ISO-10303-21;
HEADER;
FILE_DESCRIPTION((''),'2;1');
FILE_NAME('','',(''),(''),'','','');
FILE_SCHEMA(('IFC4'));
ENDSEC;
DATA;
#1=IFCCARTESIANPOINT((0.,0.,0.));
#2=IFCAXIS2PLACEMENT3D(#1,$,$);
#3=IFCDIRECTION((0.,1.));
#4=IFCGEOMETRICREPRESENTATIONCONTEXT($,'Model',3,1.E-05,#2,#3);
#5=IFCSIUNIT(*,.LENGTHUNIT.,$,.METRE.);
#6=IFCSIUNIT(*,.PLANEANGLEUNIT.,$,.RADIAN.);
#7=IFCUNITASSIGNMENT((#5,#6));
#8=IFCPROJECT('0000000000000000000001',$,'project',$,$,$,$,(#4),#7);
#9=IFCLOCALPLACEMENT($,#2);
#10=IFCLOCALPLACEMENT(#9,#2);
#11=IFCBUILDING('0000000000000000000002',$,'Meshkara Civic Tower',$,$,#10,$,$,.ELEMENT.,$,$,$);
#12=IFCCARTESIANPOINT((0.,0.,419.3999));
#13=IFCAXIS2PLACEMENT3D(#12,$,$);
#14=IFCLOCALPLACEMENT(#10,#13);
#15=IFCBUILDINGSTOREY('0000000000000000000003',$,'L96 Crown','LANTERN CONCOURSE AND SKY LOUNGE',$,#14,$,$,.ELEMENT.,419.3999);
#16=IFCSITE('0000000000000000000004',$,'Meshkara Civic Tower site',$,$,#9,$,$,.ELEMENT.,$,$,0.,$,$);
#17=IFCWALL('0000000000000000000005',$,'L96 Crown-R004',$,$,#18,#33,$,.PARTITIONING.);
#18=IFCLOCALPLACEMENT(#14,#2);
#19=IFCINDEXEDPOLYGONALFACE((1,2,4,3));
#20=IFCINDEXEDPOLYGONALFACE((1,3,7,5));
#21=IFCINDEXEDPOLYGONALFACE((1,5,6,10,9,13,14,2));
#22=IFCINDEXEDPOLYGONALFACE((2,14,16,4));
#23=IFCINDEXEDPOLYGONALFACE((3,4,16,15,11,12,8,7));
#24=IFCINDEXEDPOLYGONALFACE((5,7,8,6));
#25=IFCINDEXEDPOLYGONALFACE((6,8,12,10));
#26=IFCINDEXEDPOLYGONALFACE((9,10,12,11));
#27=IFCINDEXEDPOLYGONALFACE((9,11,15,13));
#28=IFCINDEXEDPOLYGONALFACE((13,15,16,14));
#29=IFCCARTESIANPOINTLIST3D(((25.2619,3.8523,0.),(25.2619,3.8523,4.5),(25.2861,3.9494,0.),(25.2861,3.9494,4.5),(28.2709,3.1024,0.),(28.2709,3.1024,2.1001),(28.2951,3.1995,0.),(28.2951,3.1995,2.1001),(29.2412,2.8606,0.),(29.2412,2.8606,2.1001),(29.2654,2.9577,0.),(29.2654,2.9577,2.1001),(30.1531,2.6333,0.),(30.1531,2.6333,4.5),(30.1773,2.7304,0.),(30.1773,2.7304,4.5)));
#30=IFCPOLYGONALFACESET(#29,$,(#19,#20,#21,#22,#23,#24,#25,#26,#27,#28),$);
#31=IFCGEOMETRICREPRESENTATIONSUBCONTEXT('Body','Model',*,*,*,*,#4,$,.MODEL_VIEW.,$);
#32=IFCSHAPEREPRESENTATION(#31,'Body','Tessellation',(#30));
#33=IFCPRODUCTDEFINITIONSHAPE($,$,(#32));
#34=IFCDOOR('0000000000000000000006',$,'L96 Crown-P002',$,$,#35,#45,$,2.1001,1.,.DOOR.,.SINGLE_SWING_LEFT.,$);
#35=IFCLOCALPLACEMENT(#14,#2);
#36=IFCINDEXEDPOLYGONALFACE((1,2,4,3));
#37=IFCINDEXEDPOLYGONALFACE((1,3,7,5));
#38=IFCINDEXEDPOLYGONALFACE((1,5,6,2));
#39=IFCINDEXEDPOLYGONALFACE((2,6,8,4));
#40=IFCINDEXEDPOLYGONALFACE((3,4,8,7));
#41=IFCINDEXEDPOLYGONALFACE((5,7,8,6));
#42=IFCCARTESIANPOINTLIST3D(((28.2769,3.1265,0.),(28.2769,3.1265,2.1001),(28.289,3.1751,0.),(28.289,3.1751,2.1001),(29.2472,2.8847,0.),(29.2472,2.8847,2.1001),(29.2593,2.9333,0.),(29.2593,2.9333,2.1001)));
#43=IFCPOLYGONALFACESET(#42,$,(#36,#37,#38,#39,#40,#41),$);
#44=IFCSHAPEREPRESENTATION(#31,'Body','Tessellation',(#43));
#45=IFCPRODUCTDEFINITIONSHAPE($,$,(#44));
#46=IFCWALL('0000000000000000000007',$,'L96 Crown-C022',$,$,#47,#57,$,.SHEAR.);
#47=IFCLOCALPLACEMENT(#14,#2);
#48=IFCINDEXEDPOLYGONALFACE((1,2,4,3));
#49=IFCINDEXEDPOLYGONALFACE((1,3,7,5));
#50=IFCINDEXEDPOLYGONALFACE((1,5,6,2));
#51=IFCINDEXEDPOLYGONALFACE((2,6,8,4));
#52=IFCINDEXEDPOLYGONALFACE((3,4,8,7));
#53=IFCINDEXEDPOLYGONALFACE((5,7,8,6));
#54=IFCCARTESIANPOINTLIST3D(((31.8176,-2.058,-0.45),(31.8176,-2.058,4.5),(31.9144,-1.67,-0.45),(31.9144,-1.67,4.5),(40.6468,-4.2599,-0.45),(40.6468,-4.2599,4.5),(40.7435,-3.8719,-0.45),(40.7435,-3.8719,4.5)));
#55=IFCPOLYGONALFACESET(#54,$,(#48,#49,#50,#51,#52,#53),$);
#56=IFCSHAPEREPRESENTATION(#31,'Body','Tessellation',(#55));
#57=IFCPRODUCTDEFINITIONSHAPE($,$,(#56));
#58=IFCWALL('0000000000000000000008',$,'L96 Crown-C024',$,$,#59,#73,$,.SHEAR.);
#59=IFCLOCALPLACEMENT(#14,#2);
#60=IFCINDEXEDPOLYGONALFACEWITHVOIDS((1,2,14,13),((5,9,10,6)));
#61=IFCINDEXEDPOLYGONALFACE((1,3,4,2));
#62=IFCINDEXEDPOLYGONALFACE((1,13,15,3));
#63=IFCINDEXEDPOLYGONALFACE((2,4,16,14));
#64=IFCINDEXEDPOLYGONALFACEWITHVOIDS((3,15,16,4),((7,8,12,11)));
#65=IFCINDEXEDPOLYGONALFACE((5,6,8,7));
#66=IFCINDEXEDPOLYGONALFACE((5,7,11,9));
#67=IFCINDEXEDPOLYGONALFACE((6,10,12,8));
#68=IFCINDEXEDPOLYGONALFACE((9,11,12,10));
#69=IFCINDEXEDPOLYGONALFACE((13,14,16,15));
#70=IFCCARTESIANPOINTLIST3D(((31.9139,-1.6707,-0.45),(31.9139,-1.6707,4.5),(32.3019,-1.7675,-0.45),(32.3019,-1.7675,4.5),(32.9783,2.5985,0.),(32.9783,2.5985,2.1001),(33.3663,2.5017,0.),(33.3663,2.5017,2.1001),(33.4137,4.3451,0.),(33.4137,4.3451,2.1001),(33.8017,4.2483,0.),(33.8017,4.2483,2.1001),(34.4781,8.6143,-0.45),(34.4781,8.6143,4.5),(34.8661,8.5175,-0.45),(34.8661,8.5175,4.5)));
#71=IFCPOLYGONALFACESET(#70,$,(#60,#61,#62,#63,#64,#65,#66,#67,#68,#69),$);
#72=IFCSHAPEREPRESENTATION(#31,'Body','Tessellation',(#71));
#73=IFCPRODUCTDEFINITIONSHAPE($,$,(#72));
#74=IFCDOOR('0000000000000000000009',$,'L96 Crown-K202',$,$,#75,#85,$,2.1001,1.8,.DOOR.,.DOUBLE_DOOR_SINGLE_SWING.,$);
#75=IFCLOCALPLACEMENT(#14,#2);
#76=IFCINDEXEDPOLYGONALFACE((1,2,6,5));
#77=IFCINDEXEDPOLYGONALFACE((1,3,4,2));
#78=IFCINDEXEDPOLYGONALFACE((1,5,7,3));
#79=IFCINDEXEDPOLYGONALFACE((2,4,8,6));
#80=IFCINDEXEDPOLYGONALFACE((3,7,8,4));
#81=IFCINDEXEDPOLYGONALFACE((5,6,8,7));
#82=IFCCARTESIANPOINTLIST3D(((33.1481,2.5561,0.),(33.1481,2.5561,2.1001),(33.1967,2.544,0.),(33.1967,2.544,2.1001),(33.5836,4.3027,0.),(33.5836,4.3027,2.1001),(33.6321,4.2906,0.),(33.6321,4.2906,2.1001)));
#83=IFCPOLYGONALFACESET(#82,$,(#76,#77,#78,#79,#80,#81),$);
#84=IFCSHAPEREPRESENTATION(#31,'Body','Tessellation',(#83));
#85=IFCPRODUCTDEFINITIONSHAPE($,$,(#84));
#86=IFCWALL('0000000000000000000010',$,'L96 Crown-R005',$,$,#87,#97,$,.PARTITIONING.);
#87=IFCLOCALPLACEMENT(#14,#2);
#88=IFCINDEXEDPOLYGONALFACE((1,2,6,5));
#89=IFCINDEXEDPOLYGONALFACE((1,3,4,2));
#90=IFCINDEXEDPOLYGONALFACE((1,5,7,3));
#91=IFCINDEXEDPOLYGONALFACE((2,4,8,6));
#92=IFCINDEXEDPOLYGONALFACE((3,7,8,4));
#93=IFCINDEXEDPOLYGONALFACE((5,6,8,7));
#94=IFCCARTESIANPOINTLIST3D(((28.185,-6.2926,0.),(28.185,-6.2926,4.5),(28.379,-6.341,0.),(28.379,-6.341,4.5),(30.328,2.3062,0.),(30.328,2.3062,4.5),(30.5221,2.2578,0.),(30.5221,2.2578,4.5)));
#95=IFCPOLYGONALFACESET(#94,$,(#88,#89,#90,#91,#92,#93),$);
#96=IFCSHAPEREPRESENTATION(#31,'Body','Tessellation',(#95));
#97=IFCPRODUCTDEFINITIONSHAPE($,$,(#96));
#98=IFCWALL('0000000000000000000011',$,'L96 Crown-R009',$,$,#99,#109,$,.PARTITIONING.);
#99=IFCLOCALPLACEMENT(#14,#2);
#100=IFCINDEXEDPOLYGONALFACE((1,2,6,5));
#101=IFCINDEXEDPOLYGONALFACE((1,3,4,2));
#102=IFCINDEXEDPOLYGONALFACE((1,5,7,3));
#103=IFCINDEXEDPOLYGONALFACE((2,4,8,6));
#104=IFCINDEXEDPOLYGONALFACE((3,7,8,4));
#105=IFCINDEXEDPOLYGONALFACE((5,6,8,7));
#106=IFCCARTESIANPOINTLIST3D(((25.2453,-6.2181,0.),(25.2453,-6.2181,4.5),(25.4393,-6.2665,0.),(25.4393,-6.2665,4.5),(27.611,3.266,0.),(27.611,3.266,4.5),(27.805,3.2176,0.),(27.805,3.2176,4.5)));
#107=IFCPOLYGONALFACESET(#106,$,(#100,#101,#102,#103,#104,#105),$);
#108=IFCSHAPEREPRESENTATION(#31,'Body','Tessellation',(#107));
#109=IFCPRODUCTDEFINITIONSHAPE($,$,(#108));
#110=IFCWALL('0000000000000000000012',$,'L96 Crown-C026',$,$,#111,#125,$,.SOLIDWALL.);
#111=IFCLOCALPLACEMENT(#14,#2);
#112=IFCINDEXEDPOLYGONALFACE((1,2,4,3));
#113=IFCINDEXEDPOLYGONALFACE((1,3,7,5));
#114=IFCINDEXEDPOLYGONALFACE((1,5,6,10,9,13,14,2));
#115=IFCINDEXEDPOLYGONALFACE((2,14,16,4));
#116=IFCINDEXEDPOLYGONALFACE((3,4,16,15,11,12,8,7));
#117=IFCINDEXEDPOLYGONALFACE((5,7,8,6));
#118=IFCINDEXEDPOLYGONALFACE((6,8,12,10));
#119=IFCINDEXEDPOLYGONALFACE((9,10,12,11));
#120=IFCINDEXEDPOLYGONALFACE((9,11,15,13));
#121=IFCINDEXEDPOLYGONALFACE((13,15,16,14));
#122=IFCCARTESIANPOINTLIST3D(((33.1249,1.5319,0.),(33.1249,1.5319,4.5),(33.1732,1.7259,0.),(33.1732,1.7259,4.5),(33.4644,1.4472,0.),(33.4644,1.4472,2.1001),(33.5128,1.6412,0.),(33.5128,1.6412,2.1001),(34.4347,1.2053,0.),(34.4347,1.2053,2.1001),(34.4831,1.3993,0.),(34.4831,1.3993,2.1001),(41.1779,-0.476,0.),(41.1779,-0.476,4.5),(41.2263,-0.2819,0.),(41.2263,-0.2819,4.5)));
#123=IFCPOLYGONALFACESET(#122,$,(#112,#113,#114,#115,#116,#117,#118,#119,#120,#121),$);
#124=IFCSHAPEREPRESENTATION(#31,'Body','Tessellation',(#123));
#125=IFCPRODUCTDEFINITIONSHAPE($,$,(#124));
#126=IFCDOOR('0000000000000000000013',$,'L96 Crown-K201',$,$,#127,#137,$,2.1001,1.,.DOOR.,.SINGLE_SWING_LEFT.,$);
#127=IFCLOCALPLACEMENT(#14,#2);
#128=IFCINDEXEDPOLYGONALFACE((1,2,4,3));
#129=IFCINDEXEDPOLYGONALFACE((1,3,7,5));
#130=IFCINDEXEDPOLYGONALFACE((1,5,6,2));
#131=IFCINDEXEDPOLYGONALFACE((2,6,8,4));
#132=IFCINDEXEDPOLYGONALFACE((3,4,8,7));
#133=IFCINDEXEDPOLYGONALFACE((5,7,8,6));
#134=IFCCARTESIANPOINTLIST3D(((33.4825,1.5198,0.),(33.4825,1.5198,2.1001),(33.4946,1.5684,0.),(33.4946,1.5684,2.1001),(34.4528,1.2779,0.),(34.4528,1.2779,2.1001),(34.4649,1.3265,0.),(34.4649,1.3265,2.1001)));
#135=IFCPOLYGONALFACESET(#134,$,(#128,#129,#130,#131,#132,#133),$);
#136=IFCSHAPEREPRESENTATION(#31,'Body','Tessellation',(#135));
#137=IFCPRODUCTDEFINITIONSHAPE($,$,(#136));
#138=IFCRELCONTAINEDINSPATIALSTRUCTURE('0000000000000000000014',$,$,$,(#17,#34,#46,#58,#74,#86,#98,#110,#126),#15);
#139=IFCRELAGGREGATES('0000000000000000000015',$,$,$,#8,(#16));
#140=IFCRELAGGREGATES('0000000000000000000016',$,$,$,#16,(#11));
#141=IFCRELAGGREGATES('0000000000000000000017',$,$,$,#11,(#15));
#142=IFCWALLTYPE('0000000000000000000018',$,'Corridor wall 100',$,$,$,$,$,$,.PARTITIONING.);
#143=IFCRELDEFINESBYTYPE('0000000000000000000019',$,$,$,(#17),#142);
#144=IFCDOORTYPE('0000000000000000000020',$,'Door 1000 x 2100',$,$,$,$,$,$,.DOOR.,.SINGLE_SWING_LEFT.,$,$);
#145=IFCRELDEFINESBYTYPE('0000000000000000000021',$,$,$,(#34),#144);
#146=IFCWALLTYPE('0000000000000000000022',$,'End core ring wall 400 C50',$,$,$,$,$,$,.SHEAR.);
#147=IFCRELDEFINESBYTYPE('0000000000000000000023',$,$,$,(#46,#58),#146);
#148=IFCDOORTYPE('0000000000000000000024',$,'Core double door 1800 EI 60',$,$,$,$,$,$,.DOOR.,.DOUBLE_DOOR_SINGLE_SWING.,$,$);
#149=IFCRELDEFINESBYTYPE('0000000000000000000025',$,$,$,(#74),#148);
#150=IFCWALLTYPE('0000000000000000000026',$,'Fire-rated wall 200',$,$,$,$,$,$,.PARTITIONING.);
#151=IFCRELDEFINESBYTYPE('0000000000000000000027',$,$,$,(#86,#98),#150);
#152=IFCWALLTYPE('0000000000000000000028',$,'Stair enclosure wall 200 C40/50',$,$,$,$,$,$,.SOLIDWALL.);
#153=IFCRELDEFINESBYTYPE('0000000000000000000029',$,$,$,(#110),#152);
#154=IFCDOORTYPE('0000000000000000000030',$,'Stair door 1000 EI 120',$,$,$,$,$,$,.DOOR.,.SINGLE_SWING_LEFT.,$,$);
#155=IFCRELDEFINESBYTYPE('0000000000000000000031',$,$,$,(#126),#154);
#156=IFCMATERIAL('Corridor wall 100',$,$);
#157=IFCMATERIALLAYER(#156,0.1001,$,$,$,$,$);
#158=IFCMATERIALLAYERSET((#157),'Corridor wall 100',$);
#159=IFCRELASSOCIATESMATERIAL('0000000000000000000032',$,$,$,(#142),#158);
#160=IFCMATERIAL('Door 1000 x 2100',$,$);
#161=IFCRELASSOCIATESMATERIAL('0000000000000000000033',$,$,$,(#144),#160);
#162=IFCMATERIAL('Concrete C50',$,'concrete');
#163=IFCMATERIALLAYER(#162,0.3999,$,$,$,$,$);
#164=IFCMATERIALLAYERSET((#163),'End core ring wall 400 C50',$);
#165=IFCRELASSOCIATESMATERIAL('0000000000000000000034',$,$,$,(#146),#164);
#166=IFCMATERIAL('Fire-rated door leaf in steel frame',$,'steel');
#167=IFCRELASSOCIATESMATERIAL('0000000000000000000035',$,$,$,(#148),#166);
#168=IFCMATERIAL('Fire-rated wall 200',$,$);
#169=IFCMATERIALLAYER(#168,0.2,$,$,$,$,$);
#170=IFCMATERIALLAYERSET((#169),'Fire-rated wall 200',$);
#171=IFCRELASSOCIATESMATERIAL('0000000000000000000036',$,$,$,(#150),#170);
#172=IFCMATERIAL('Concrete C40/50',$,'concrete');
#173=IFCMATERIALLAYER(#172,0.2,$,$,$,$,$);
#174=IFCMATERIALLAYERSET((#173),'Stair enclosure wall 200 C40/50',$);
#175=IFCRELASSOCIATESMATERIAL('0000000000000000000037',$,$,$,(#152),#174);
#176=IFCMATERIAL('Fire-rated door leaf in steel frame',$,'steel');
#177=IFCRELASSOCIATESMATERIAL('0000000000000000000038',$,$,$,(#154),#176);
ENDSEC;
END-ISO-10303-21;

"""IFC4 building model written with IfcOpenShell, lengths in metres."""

from ifc_helpers import new_model, si_unit, direction, frame, frame_2d, origin, place, context, subcontext, project, spatial, rectangle, extrude, material, layer, layer_set, type_object, element, fill, save


model = new_model("IFC4")

# Units and contexts
model_context = context("Model", 3, precision=1e-05, world=origin(), true_north=direction((0.0, 1.0)))
body_context = subcontext(model_context, "Body", "Model", "MODEL_VIEW")
ifc_project = project(units=[si_unit("LENGTHUNIT", "METRE"), si_unit("PLANEANGLEUNIT", "RADIAN")], contexts=[model_context])

# Site, building, storey
site_placement = place(None, origin())
site = spatial("IfcSite", under=ifc_project, at=site_placement, Name="Meshkara Civic Tower site", CompositionType="ELEMENT", RefElevation=0.0)
building_placement = place(site_placement, origin())
building = spatial("IfcBuilding", under=site, at=building_placement, Name="Meshkara Civic Tower", CompositionType="ELEMENT")
storey_placement = place(building_placement, frame((0.0, 0.0, 419.3999)))
storey = spatial("IfcBuildingStorey", under=building, at=storey_placement, Name="L96 Crown", Description="LANTERN CONCOURSE AND SKY LOUNGE", CompositionType="ELEMENT", Elevation=419.3999)

# Wall, opening, door
ifc_material_1 = material(Name="Corridor wall 100")
ifc_layer_1 = layer(ifc_material_1, 0.1001)
ifc_layer_set_1 = layer_set([ifc_layer_1], Name="Corridor wall 100")
wall_type_1 = type_object("IfcWallType", Name="Corridor wall 100", PredefinedType="PARTITIONING", material=ifc_layer_set_1)
wall_1_placement = place(storey_placement, frame((25.2739, 3.9009, 0.0), z_axis=(0.0, 0.0, 1.0), x_axis=(0.970319, -0.241829, 0.0)))
wall_1 = element("IfcWall", 1, at=wall_1_placement, inside=storey, type_object=wall_type_1, Name="L96 Crown-R004", PredefinedType="PARTITIONING", context=body_context, shape_type="SweptSolid", body=[
    extrude(rectangle(XDim=5.0408, YDim=0.1001, at=frame_2d((2.5205, 0.0))), origin(), (0.0, 0.0, 1.0), 4.5),
])
opening_1_placement = place(wall_1_placement, frame((3.1011, 0.0, 0.0)))
opening_1 = element("IfcOpeningElement", 2, at=opening_1_placement, cuts=wall_1, PredefinedType="OPENING", context=body_context, shape_type="SweptSolid", body=[
    extrude(rectangle(XDim=1.0, YDim=2.1001, at=frame_2d((0.5, 1.05))), frame((0.0, 0.0601, 0.0), z_axis=(0.0, -1.0, 0.0), x_axis=(1.0, 0.0, 0.0)), (0.0, 0.0, 1.0), 0.1201),
])
ifc_material_2 = material(Name="Door 1000 x 2100")
door_type_1 = type_object("IfcDoorType", Name="Door 1000 x 2100", OperationType="SINGLE_SWING_LEFT", PredefinedType="DOOR", material=ifc_material_2)
door_1_placement = place(opening_1_placement, origin())
door_1 = element("IfcDoor", 3, at=door_1_placement, inside=storey, type_object=door_type_1, Name="L96 Crown-P002", OperationType="SINGLE_SWING_LEFT", OverallHeight=2.1001, OverallWidth=1.0, PredefinedType="DOOR", context=body_context, shape_type="SweptSolid", body=[
    extrude(rectangle(XDim=1.0, YDim=2.1001, at=frame_2d((0.5, 1.05))), frame((0.0, 0.0249, 0.0), z_axis=(0.0, -1.0, 0.0), x_axis=(1.0, 0.0, 0.0)), (0.0, 0.0, 1.0), 0.05),
])
fill(opening_1, door_1)

# Wall
ifc_material_3 = material(Name="Concrete C50", Category="concrete")
ifc_layer_2 = layer(ifc_material_3, 0.3999)
ifc_layer_set_2 = layer_set([ifc_layer_2], Name="End core ring wall 400 C50")
wall_type_2 = type_object("IfcWallType", Name="End core ring wall 400 C50", PredefinedType="SHEAR", material=ifc_layer_set_2)
wall_2_placement = place(storey_placement, frame((31.866, -1.864, -0.45), z_axis=(0.0, 0.0, 1.0), x_axis=(0.970281, -0.24198, 0.0)))
element("IfcWall", 4, at=wall_2_placement, inside=storey, type_object=wall_type_2, Name="L96 Crown-C022", PredefinedType="SHEAR", context=body_context, shape_type="SweptSolid", body=[
    extrude(rectangle(XDim=9.0996, YDim=0.3999, at=frame_2d((4.5498, 0.0))), origin(), (0.0, 0.0, 1.0), 4.95),
])

# Wall, opening, door
wall_3_placement = place(storey_placement, frame((32.1079, -1.719, -0.45), z_axis=(0.0, 0.0, 1.0), x_axis=(0.241912, 0.970298, 0.0)))
wall_3 = element("IfcWall", 5, at=wall_3_placement, inside=storey, type_object=wall_type_2, Name="L96 Crown-C024", PredefinedType="SHEAR", context=body_context, shape_type="SweptSolid", body=[
    extrude(rectangle(XDim=10.5999, YDim=0.3999, at=frame_2d((5.2998, 0.0))), origin(), (0.0, 0.0, 1.0), 4.95),
])
opening_2_placement = place(wall_3_placement, frame((4.3999, 0.0, 0.45)))
opening_2 = element("IfcOpeningElement", 6, at=opening_2_placement, cuts=wall_3, PredefinedType="OPENING", context=body_context, shape_type="SweptSolid", body=[
    extrude(rectangle(XDim=1.8, YDim=2.1001, at=frame_2d((0.8999, 1.05))), frame((0.0, 0.21, 0.0), z_axis=(0.0, -1.0, 0.0), x_axis=(1.0, 0.0, 0.0)), (0.0, 0.0, 1.0), 0.4199),
])
ifc_material_4 = material(Name="Fire-rated door leaf in steel frame", Category="steel")
door_type_2 = type_object("IfcDoorType", Name="Core double door 1800 EI 60", OperationType="DOUBLE_DOOR_SINGLE_SWING", PredefinedType="DOOR", material=ifc_material_4)
door_2_placement = place(opening_2_placement, origin())
door_2 = element("IfcDoor", 7, at=door_2_placement, inside=storey, type_object=door_type_2, Name="L96 Crown-K202", OperationType="DOUBLE_DOOR_SINGLE_SWING", OverallHeight=2.1001, OverallWidth=1.8, PredefinedType="DOOR", context=body_context, shape_type="SweptSolid", body=[
    extrude(rectangle(XDim=1.8, YDim=2.1001, at=frame_2d((0.8999, 1.05))), frame((0.0, 0.0249, 0.0), z_axis=(0.0, -1.0, 0.0), x_axis=(1.0, 0.0, 0.0)), (0.0, 0.0, 1.0), 0.05),
])
fill(opening_2, door_2)

# Walls
ifc_material_5 = material(Name="Fire-rated wall 200")
ifc_layer_3 = layer(ifc_material_5, 0.2)
ifc_layer_set_3 = layer_set([ifc_layer_3], Name="Fire-rated wall 200")
wall_type_3 = type_object("IfcWallType", Name="Fire-rated wall 200", PredefinedType="PARTITIONING", material=ifc_layer_set_3)
wall_4_placement = place(storey_placement, frame((30.425, 2.282, 0.0), z_axis=(0.0, 0.0, 1.0), x_axis=(-0.241829, -0.970319, 0.0)))
element("IfcWall", 8, at=wall_4_placement, inside=storey, type_object=wall_type_3, Name="L96 Crown-R005", PredefinedType="PARTITIONING", context=body_context, shape_type="SweptSolid", body=[
    extrude(rectangle(XDim=8.8618, YDim=0.2, at=frame_2d((4.4309, 0.0))), origin(), (0.0, 0.0, 1.0), 4.5),
])
wall_5_placement = place(storey_placement, frame((25.3423, -6.2422, 0.0), z_axis=(0.0, 0.0, 1.0), x_axis=(0.242024, 0.97027, 0.0)))
element("IfcWall", 9, at=wall_5_placement, inside=storey, type_object=wall_type_3, Name="L96 Crown-R009", PredefinedType="PARTITIONING", context=body_context, shape_type="SweptSolid", body=[
    extrude(rectangle(XDim=9.7747, YDim=0.2, at=frame_2d((4.8872, 0.0))), origin(), (0.0, 0.0, 1.0), 4.5),
])

# Wall, opening, door
ifc_material_6 = material(Name="Concrete C40/50", Category="concrete")
ifc_layer_4 = layer(ifc_material_6, 0.2)
ifc_layer_set_4 = layer_set([ifc_layer_4], Name="Stair enclosure wall 200 C40/50")
wall_type_4 = type_object("IfcWallType", Name="Stair enclosure wall 200 C40/50", PredefinedType="SOLIDWALL", material=ifc_layer_set_4)
wall_6_placement = place(storey_placement, frame((33.1489, 1.6289, 0.0), z_axis=(0.0, 0.0, 1.0), x_axis=(0.970296, -0.24192, 0.0)))
wall_6 = element("IfcWall", 10, at=wall_6_placement, inside=storey, type_object=wall_type_4, Name="L96 Crown-C026", PredefinedType="SOLIDWALL", context=body_context, shape_type="SweptSolid", body=[
    extrude(rectangle(XDim=8.2996, YDim=0.2, at=frame_2d((4.1499, 0.0))), origin(), (0.0, 0.0, 1.0), 4.5),
])
opening_3_placement = place(wall_6_placement, frame((0.3501, 0.0, 0.0)))
opening_3 = element("IfcOpeningElement", 11, at=opening_3_placement, cuts=wall_6, PredefinedType="OPENING", context=body_context, shape_type="SweptSolid", body=[
    extrude(rectangle(XDim=1.0, YDim=2.1001, at=frame_2d((0.5, 1.05))), frame((0.0, 0.1099, 0.0), z_axis=(0.0, -1.0, 0.0), x_axis=(1.0, 0.0, 0.0)), (0.0, 0.0, 1.0), 0.22),
])
ifc_material_7 = material(Name="Fire-rated door leaf in steel frame", Category="steel")
door_type_3 = type_object("IfcDoorType", Name="Stair door 1000 EI 120", OperationType="SINGLE_SWING_LEFT", PredefinedType="DOOR", material=ifc_material_7)
door_3_placement = place(opening_3_placement, origin())
door_3 = element("IfcDoor", 12, at=door_3_placement, inside=storey, type_object=door_type_3, Name="L96 Crown-K201", OperationType="SINGLE_SWING_LEFT", OverallHeight=2.1001, OverallWidth=1.0, PredefinedType="DOOR", context=body_context, shape_type="SweptSolid", body=[
    extrude(rectangle(XDim=1.0, YDim=2.1001, at=frame_2d((0.5, 1.05))), frame((0.0, 0.0249, 0.0), z_axis=(0.0, -1.0, 0.0), x_axis=(1.0, 0.0, 0.0)), (0.0, 0.0, 1.0), 0.05),
])
fill(opening_3, door_3)

save(model, "model.ifc")
